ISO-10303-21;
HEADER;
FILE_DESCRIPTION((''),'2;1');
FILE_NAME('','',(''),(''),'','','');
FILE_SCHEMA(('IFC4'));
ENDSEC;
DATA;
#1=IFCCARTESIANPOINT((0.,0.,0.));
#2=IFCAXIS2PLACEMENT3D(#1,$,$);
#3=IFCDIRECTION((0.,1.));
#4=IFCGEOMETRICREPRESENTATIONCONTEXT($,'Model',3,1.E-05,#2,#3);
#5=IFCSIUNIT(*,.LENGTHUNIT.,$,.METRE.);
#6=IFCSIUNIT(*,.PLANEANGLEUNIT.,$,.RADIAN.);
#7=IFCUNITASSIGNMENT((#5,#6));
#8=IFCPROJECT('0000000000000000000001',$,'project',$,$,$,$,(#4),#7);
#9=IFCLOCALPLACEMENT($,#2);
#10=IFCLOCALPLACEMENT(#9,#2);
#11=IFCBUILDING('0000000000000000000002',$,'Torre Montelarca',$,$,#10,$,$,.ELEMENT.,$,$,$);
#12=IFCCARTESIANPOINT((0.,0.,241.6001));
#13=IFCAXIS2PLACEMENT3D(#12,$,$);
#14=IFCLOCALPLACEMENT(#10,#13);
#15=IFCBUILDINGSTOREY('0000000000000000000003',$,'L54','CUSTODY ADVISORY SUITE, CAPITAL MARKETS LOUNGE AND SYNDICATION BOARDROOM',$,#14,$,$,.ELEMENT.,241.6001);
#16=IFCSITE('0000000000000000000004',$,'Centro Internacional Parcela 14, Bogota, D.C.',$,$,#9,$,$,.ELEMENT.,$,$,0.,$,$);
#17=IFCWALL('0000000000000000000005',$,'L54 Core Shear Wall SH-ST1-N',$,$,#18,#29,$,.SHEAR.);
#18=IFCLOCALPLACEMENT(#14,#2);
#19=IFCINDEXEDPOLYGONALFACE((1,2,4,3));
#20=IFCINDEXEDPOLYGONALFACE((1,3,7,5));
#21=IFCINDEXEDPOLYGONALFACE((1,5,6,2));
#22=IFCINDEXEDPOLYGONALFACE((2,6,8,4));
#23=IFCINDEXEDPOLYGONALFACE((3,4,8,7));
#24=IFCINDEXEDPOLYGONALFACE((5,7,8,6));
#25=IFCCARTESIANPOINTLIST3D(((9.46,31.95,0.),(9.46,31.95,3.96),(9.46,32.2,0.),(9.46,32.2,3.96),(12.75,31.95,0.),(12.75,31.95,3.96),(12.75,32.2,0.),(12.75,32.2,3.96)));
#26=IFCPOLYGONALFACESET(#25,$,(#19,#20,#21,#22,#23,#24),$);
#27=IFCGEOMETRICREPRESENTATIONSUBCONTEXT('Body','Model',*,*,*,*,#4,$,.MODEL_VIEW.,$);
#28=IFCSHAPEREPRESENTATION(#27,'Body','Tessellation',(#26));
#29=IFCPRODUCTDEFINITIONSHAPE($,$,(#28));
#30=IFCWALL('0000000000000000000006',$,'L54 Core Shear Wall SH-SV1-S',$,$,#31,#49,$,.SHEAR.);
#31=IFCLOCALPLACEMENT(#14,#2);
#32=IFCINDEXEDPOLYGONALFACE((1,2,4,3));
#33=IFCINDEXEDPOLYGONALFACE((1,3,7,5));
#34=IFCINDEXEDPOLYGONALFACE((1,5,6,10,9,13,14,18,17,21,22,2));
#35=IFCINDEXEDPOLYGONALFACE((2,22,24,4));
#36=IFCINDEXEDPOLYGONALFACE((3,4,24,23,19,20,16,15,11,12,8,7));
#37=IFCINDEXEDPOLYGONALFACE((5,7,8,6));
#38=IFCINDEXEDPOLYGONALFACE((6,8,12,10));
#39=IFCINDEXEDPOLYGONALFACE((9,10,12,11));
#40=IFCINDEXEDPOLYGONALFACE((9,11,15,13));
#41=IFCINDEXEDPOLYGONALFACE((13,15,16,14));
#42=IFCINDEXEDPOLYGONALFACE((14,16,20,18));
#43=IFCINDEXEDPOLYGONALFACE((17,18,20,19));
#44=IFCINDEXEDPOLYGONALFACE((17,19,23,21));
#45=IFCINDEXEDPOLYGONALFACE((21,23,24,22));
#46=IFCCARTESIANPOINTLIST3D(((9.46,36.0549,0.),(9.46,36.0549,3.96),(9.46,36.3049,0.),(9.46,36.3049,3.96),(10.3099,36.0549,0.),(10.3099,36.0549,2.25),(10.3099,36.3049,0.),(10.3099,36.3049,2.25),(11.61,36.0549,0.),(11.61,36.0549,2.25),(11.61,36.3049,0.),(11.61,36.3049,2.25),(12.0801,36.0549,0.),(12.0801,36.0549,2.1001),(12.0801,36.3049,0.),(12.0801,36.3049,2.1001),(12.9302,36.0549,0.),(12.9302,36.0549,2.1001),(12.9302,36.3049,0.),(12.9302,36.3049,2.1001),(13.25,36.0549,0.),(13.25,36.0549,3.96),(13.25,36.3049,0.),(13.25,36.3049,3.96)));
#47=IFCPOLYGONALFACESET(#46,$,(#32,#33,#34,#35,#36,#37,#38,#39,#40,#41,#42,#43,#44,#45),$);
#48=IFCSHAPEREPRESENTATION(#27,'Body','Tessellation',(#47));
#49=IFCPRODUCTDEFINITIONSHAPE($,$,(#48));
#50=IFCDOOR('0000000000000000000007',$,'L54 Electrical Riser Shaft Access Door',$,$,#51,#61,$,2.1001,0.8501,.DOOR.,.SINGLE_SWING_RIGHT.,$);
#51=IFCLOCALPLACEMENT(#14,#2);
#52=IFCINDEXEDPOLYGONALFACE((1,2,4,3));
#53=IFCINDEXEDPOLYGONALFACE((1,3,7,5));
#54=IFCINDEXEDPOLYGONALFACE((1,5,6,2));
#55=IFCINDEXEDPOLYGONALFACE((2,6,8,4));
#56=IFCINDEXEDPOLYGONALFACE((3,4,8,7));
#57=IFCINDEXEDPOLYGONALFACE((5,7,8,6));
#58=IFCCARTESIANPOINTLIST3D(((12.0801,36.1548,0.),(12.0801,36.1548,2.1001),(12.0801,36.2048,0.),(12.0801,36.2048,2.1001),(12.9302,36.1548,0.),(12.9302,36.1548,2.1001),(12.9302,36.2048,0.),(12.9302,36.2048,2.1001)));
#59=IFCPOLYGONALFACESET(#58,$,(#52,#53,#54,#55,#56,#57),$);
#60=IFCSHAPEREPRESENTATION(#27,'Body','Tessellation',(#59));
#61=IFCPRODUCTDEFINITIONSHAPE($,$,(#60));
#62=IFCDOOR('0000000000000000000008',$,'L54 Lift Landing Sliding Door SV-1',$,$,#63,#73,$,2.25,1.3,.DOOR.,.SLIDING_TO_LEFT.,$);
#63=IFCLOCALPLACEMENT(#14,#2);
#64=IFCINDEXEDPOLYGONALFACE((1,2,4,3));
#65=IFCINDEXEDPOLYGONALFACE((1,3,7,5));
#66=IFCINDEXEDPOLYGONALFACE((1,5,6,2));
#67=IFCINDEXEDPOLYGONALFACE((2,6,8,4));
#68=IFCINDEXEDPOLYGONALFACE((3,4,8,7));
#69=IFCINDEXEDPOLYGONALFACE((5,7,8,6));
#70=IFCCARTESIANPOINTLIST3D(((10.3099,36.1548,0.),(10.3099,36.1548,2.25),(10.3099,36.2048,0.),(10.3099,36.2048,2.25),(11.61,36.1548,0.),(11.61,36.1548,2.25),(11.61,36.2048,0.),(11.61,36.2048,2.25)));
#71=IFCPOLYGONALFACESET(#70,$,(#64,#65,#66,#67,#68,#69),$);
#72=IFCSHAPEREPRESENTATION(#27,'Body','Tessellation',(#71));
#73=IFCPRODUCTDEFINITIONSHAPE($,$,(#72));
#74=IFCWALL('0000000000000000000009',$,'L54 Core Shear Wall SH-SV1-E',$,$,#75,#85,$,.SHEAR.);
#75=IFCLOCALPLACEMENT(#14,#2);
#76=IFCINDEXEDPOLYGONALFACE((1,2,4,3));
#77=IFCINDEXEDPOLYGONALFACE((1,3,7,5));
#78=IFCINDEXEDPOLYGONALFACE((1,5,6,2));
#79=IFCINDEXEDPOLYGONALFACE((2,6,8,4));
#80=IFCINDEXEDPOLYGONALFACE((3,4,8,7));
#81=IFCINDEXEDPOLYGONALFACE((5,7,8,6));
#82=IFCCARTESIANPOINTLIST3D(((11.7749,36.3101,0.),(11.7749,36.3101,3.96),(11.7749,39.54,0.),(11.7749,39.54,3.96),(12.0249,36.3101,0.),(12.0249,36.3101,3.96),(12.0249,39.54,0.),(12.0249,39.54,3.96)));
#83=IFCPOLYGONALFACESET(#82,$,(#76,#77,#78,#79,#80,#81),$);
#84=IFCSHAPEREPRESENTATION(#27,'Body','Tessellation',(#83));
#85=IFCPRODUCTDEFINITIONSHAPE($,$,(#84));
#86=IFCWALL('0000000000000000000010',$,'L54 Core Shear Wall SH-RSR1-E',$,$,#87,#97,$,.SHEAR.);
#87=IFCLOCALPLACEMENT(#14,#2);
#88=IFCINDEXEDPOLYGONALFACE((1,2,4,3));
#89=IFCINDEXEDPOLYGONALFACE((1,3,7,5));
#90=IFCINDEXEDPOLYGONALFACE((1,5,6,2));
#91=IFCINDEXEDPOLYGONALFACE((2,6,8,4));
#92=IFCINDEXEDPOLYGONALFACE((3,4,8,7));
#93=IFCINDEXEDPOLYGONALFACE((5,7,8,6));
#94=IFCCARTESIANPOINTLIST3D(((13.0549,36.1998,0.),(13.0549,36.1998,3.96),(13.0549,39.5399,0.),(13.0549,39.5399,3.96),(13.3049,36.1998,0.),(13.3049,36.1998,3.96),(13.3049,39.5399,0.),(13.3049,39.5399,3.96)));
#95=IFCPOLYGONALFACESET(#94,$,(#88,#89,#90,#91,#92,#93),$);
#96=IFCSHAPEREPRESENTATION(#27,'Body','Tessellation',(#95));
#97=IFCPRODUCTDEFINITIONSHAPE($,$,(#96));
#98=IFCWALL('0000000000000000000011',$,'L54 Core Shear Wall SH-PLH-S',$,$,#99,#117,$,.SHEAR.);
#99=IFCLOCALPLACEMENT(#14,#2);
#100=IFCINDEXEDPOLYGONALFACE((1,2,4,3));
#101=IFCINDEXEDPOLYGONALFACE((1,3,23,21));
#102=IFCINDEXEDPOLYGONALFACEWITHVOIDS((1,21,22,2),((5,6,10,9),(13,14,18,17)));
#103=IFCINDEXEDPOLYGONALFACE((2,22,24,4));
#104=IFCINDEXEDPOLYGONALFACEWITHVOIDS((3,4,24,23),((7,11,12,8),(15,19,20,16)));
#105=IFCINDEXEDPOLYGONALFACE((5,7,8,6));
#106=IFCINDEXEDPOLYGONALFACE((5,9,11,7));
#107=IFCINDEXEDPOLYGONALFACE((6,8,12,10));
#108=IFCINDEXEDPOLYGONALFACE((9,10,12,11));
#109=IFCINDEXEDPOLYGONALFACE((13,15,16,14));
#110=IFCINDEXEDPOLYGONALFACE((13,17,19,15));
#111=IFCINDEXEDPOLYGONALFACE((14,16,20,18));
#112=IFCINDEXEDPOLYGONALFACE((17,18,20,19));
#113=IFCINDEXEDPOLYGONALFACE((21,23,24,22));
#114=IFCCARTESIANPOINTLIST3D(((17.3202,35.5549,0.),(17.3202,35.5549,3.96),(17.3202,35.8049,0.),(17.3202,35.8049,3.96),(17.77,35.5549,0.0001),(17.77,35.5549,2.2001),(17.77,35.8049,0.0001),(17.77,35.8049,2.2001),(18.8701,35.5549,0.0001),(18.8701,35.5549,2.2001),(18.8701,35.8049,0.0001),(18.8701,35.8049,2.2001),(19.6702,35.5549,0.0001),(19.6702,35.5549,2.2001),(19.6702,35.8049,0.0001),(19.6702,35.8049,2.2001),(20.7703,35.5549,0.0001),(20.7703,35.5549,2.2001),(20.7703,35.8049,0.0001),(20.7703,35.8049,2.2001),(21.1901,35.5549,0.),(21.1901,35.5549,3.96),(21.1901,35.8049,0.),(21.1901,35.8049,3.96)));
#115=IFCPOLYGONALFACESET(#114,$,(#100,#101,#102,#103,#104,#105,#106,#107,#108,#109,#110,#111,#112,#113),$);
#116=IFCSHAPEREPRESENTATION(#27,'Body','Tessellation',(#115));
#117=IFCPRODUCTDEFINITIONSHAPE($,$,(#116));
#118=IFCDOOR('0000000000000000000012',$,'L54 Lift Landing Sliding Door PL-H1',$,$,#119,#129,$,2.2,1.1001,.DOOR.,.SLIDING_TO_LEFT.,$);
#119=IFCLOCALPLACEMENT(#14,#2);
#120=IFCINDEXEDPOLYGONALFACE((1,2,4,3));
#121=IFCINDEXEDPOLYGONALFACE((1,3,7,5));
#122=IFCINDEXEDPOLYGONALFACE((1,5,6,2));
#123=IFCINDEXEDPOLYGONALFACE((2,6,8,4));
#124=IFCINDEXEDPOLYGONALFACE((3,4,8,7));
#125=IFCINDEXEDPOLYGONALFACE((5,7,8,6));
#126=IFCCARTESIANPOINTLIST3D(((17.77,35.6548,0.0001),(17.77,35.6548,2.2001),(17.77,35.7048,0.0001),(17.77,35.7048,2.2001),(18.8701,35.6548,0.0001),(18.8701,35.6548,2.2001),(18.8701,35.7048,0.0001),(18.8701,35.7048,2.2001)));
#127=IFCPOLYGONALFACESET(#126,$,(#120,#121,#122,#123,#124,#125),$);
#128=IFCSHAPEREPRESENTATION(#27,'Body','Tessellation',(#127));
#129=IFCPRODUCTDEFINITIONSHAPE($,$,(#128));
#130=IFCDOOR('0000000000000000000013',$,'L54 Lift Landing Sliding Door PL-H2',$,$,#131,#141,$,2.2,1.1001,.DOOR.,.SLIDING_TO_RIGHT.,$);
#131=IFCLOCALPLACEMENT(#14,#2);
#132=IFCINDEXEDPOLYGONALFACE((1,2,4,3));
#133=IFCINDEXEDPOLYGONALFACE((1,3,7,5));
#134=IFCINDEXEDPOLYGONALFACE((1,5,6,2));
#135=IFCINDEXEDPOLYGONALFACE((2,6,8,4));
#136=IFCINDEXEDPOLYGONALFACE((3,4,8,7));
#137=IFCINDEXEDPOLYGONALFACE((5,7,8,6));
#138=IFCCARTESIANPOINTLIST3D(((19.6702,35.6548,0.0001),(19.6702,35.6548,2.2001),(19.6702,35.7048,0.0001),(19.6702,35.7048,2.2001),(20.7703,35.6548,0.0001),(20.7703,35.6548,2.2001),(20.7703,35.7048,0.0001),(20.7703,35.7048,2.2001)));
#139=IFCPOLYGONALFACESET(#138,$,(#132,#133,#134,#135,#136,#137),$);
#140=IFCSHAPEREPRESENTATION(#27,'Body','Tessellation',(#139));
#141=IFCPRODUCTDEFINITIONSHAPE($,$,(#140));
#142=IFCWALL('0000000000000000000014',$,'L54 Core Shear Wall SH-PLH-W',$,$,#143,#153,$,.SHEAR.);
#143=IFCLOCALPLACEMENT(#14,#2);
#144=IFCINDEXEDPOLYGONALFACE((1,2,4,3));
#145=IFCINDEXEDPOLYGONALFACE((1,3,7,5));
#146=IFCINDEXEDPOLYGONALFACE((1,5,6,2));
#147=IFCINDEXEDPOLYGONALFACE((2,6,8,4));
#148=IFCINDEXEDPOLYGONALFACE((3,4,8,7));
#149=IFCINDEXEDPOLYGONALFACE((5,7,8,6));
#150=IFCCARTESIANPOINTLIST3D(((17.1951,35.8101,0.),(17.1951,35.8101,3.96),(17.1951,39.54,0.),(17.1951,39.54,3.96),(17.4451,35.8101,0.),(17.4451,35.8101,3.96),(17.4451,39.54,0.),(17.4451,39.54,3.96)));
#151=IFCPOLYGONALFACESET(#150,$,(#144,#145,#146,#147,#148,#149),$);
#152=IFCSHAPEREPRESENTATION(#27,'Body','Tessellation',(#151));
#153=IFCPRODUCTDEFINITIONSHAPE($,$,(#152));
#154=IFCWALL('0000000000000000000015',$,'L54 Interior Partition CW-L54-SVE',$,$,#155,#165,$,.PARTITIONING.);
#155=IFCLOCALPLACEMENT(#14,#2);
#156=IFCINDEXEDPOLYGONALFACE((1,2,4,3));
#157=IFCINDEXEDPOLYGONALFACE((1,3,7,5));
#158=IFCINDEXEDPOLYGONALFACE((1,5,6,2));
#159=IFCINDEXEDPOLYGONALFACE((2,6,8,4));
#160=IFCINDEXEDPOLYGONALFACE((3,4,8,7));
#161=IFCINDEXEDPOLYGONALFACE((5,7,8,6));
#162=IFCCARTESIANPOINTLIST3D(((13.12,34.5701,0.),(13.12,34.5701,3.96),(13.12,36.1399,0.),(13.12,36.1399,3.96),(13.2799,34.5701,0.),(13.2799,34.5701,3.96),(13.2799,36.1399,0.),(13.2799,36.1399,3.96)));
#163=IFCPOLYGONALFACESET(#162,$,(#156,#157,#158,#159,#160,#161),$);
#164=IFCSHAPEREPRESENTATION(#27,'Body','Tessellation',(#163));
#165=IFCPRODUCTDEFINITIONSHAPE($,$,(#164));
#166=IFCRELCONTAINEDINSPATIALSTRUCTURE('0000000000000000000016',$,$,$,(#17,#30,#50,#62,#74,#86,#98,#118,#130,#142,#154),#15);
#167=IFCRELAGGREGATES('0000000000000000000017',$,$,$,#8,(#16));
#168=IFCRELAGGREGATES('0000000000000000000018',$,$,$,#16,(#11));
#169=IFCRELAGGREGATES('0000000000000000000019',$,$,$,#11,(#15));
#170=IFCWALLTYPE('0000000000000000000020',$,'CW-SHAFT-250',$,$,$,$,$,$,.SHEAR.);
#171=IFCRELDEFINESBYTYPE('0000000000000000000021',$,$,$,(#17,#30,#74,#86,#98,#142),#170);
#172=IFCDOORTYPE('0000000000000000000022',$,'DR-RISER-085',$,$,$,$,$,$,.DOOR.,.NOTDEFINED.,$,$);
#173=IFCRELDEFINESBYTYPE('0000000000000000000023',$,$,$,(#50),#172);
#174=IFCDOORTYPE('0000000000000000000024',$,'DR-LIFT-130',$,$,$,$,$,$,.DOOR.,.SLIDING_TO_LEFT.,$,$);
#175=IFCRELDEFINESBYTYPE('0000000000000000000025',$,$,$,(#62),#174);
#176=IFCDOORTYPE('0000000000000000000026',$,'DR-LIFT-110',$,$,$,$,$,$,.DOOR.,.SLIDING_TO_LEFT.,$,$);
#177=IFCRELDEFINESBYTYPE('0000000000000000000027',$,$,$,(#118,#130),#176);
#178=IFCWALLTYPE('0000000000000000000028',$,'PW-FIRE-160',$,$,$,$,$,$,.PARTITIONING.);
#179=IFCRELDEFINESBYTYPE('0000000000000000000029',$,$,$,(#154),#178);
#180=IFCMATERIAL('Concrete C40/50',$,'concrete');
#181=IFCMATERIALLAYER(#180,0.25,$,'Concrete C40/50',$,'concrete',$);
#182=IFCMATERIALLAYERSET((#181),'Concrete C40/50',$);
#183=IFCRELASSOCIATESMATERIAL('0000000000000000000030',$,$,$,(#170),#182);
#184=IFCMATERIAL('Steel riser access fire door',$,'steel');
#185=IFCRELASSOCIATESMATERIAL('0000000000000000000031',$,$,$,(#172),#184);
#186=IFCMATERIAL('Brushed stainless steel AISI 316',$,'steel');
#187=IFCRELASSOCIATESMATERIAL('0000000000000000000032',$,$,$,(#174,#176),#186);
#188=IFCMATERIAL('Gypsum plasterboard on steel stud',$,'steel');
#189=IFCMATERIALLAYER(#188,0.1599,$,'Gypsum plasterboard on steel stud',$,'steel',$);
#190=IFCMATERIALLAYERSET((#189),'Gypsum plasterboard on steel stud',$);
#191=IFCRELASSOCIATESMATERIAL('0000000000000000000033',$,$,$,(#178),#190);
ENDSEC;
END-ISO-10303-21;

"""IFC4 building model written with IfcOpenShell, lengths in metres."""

from ifc_helpers import new_model, si_unit, direction, frame, frame_2d, origin, place, context, subcontext, project, spatial, rectangle, extrude, source, transform, mapped, material, layer, layer_set, type_object, element, fill, save


model = new_model("IFC4")

# Units and contexts
model_context = context("Model", 3, precision=1e-05, world=origin(), true_north=direction((0.0, 1.0)))
body_context = subcontext(model_context, "Body", "Model", "MODEL_VIEW")
ifc_project = project(units=[si_unit("LENGTHUNIT", "METRE"), si_unit("PLANEANGLEUNIT", "RADIAN")], contexts=[model_context])

# Site, building, storey
site_placement = place(None, origin())
site = spatial("IfcSite", under=ifc_project, at=site_placement, Name="Centro Internacional Parcela 14, Bogota, D.C.", CompositionType="ELEMENT", RefElevation=0.0)
building_placement = place(site_placement, origin())
building = spatial("IfcBuilding", under=site, at=building_placement, Name="Torre Montelarca", CompositionType="ELEMENT")
storey_placement = place(building_placement, frame((0.0, 0.0, 241.6001)))
storey = spatial("IfcBuildingStorey", under=building, at=storey_placement, Name="L54", Description="CUSTODY ADVISORY SUITE, CAPITAL MARKETS LOUNGE AND SYNDICATION BOARDROOM", CompositionType="ELEMENT", Elevation=241.6001)

# Wall
ifc_material_1 = material(Name="Concrete C40/50", Category="concrete")
ifc_layer_1 = layer(ifc_material_1, 0.25, Name="Concrete C40/50", Category="concrete")
ifc_layer_set_1 = layer_set([ifc_layer_1], Name="Concrete C40/50")
wall_type_1 = type_object("IfcWallType", Name="CW-SHAFT-250", PredefinedType="SHEAR", material=ifc_layer_set_1)
wall_1_placement = place(storey_placement, frame((9.46, 32.075, 0.0), z_axis=(0.0, 0.0, 1.0), x_axis=(1.0, 0.0, 0.0)))
element("IfcWall", 1, at=wall_1_placement, inside=storey, type_object=wall_type_1, Name="L54 Core Shear Wall SH-ST1-N", PredefinedType="SHEAR", context=body_context, shape_type="SweptSolid", body=[
    extrude(rectangle(XDim=3.29, YDim=0.25, at=frame_2d((1.645, 0.0))), origin(), (0.0, 0.0, 1.0), 3.96),
])

# Wall, openings, doors
wall_2_placement = place(storey_placement, frame((9.46, 36.1799, 0.0), z_axis=(0.0, 0.0, 1.0), x_axis=(1.0, 0.0, 0.0)))
wall_2 = element("IfcWall", 2, at=wall_2_placement, inside=storey, type_object=wall_type_1, Name="L54 Core Shear Wall SH-SV1-S", PredefinedType="SHEAR", context=body_context, shape_type="SweptSolid", body=[
    extrude(rectangle(XDim=3.79, YDim=0.25, at=frame_2d((1.895, 0.0))), origin(), (0.0, 0.0, 1.0), 3.96),
])
opening_1_placement = place(wall_2_placement, frame((2.6201, 0.0, 0.0)))
opening_1 = element("IfcOpeningElement", 3, at=opening_1_placement, cuts=wall_2, PredefinedType="OPENING", context=body_context, shape_type="SweptSolid", body=[
    extrude(rectangle(XDim=0.8501, YDim=2.1001, at=frame_2d((0.425, 1.05))), frame((0.0, 0.135, 0.0), z_axis=(0.0, -1.0, 0.0), x_axis=(1.0, 0.0, 0.0)), (0.0, 0.0, 1.0), 0.27),
])
opening_2_placement = place(wall_2_placement, frame((0.8501, 0.0, 0.0)))
opening_2 = element("IfcOpeningElement", 4, at=opening_2_placement, cuts=wall_2, PredefinedType="OPENING", context=body_context, shape_type="SweptSolid", body=[
    extrude(rectangle(XDim=1.3, YDim=2.25, at=frame_2d((0.6499, 1.125))), frame((0.0, 0.135, 0.0), z_axis=(0.0, -1.0, 0.0), x_axis=(1.0, 0.0, 0.0)), (0.0, 0.0, 1.0), 0.27),
])
ifc_material_2 = material(Name="Steel riser access fire door", Category="steel")
door_type_1 = type_object("IfcDoorType", Name="DR-RISER-085", OperationType="NOTDEFINED", PredefinedType="DOOR", material=ifc_material_2)
shared_shape_1 = source(origin(), body_context, "Body", "SweptSolid", [
    extrude(rectangle(XDim=0.8501, YDim=2.1001, at=frame_2d((0.425, 1.05))), frame((0.0, 0.0249, 0.0), z_axis=(0.0, -1.0, 0.0), x_axis=(1.0, 0.0, 0.0)), (0.0, 0.0, 1.0), 0.05),
])
door_1_placement = place(opening_1_placement, origin())
door_1 = element("IfcDoor", 5, at=door_1_placement, inside=storey, type_object=door_type_1, Name="L54 Electrical Riser Shaft Access Door", OperationType="SINGLE_SWING_RIGHT", OverallHeight=2.1001, OverallWidth=0.8501, PredefinedType="DOOR", context=body_context, shape_type="MappedRepresentation", body=[
    mapped(shared_shape_1, transform((0.0, 0.0, 0.0), scale=1.0)),
])
fill(opening_1, door_1)
ifc_material_3 = material(Name="Brushed stainless steel AISI 316", Category="steel")
door_type_2 = type_object("IfcDoorType", Name="DR-LIFT-130", OperationType="SLIDING_TO_LEFT", PredefinedType="DOOR", material=ifc_material_3)
shared_shape_2 = source(origin(), body_context, "Body", "SweptSolid", [
    extrude(rectangle(XDim=1.3, YDim=2.25, at=frame_2d((0.6499, 1.125))), frame((0.0, 0.0249, 0.0), z_axis=(0.0, -1.0, 0.0), x_axis=(1.0, 0.0, 0.0)), (0.0, 0.0, 1.0), 0.05),
])
door_2_placement = place(opening_2_placement, origin())
door_2 = element("IfcDoor", 6, at=door_2_placement, inside=storey, type_object=door_type_2, Name="L54 Lift Landing Sliding Door SV-1", OperationType="SLIDING_TO_LEFT", OverallHeight=2.25, OverallWidth=1.3, PredefinedType="DOOR", context=body_context, shape_type="MappedRepresentation", body=[
    mapped(shared_shape_2, transform((0.0, 0.0, 0.0), scale=1.0)),
])
fill(opening_2, door_2)

# Walls
wall_3_placement = place(storey_placement, frame((11.8999, 36.3101, 0.0), z_axis=(0.0, 0.0, 1.0), x_axis=(0.0, 1.0, 0.0)))
element("IfcWall", 7, at=wall_3_placement, inside=storey, type_object=wall_type_1, Name="L54 Core Shear Wall SH-SV1-E", PredefinedType="SHEAR", context=body_context, shape_type="SweptSolid", body=[
    extrude(rectangle(XDim=3.23, YDim=0.25, at=frame_2d((1.615, 0.0))), origin(), (0.0, 0.0, 1.0), 3.96),
])
wall_4_placement = place(storey_placement, frame((13.1799, 36.2, 0.0), z_axis=(0.0, 0.0, 1.0), x_axis=(0.0, 1.0, 0.0)))
element("IfcWall", 8, at=wall_4_placement, inside=storey, type_object=wall_type_1, Name="L54 Core Shear Wall SH-RSR1-E", PredefinedType="SHEAR", context=body_context, shape_type="SweptSolid", body=[
    extrude(rectangle(XDim=3.3401, YDim=0.25, at=frame_2d((1.6699, 0.0))), origin(), (0.0, 0.0, 1.0), 3.96),
])

# Wall, openings, doors
wall_5_placement = place(storey_placement, frame((17.3201, 35.6799, 0.0), z_axis=(0.0, 0.0, 1.0), x_axis=(1.0, 0.0, 0.0)))
wall_5 = element("IfcWall", 9, at=wall_5_placement, inside=storey, type_object=wall_type_1, Name="L54 Core Shear Wall SH-PLH-S", PredefinedType="SHEAR", context=body_context, shape_type="SweptSolid", body=[
    extrude(rectangle(XDim=3.8699, YDim=0.25, at=frame_2d((1.9351, 0.0))), origin(), (0.0, 0.0, 1.0), 3.96),
])
opening_3_placement = place(wall_5_placement, frame((0.45, 0.0, 0.0)))
opening_3 = element("IfcOpeningElement", 10, at=opening_3_placement, cuts=wall_5, PredefinedType="OPENING", context=body_context, shape_type="SweptSolid", body=[
    extrude(rectangle(XDim=1.1001, YDim=2.2, at=frame_2d((0.55, 1.1001))), frame((0.0, 0.135, 0.0), z_axis=(0.0, -1.0, 0.0), x_axis=(1.0, 0.0, 0.0)), (0.0, 0.0, 1.0), 0.27),
])
opening_4_placement = place(wall_5_placement, frame((2.3501, 0.0, 0.0)))
opening_4 = element("IfcOpeningElement", 11, at=opening_4_placement, cuts=wall_5, PredefinedType="OPENING", context=body_context, shape_type="SweptSolid", body=[
    extrude(rectangle(XDim=1.1001, YDim=2.2, at=frame_2d((0.55, 1.1001))), frame((0.0, 0.135, 0.0), z_axis=(0.0, -1.0, 0.0), x_axis=(1.0, 0.0, 0.0)), (0.0, 0.0, 1.0), 0.27),
])
door_type_3 = type_object("IfcDoorType", Name="DR-LIFT-110", OperationType="SLIDING_TO_LEFT", PredefinedType="DOOR", material=ifc_material_3)
shared_shape_3 = source(origin(), body_context, "Body", "SweptSolid", [
    extrude(rectangle(XDim=1.1001, YDim=2.2, at=frame_2d((0.55, 1.1001))), frame((0.0, 0.0249, 0.0), z_axis=(0.0, -1.0, 0.0), x_axis=(1.0, 0.0, 0.0)), (0.0, 0.0, 1.0), 0.05),
])
door_3_placement = place(opening_3_placement, origin())
door_3 = element("IfcDoor", 12, at=door_3_placement, inside=storey, type_object=door_type_3, Name="L54 Lift Landing Sliding Door PL-H1", OperationType="SLIDING_TO_LEFT", OverallHeight=2.2, OverallWidth=1.1001, PredefinedType="DOOR", context=body_context, shape_type="MappedRepresentation", body=[
    mapped(shared_shape_3, transform((0.0, 0.0, 0.0), scale=1.0)),
])
fill(opening_3, door_3)
door_4_placement = place(opening_4_placement, origin())
door_4 = element("IfcDoor", 13, at=door_4_placement, inside=storey, type_object=door_type_3, Name="L54 Lift Landing Sliding Door PL-H2", OperationType="SLIDING_TO_RIGHT", OverallHeight=2.2, OverallWidth=1.1001, PredefinedType="DOOR", context=body_context, shape_type="MappedRepresentation", body=[
    mapped(shared_shape_3, transform((0.0, 0.0, 0.0), scale=1.0)),
])
fill(opening_4, door_4)

# Wall
wall_6_placement = place(storey_placement, frame((17.3201, 35.8101, 0.0), z_axis=(0.0, 0.0, 1.0), x_axis=(0.0, 1.0, 0.0)))
element("IfcWall", 14, at=wall_6_placement, inside=storey, type_object=wall_type_1, Name="L54 Core Shear Wall SH-PLH-W", PredefinedType="SHEAR", context=body_context, shape_type="SweptSolid", body=[
    extrude(rectangle(XDim=3.73, YDim=0.25, at=frame_2d((1.865, 0.0))), origin(), (0.0, 0.0, 1.0), 3.96),
])

# Shared definitions
ifc_material_4 = material(Name="Gypsum plasterboard on steel stud", Category="steel")
ifc_layer_2 = layer(ifc_material_4, 0.1599, Name="Gypsum plasterboard on steel stud", Category="steel")
ifc_layer_set_2 = layer_set([ifc_layer_2], Name="Gypsum plasterboard on steel stud")
wall_type_2 = type_object("IfcWallType", Name="PW-FIRE-160", PredefinedType="PARTITIONING", material=ifc_layer_set_2)

# Wall
wall_7_placement = place(storey_placement, frame((13.2, 34.5701, 0.0), z_axis=(0.0, 0.0, 1.0), x_axis=(0.0, 1.0, 0.0)))
element("IfcWall", 15, at=wall_7_placement, inside=storey, type_object=wall_type_2, Name="L54 Interior Partition CW-L54-SVE", PredefinedType="PARTITIONING", context=body_context, shape_type="SweptSolid", body=[
    extrude(rectangle(XDim=1.5698, YDim=0.1599, at=frame_2d((0.7849, 0.0))), origin(), (0.0, 0.0, 1.0), 3.96),
])

save(model, "model.ifc")
